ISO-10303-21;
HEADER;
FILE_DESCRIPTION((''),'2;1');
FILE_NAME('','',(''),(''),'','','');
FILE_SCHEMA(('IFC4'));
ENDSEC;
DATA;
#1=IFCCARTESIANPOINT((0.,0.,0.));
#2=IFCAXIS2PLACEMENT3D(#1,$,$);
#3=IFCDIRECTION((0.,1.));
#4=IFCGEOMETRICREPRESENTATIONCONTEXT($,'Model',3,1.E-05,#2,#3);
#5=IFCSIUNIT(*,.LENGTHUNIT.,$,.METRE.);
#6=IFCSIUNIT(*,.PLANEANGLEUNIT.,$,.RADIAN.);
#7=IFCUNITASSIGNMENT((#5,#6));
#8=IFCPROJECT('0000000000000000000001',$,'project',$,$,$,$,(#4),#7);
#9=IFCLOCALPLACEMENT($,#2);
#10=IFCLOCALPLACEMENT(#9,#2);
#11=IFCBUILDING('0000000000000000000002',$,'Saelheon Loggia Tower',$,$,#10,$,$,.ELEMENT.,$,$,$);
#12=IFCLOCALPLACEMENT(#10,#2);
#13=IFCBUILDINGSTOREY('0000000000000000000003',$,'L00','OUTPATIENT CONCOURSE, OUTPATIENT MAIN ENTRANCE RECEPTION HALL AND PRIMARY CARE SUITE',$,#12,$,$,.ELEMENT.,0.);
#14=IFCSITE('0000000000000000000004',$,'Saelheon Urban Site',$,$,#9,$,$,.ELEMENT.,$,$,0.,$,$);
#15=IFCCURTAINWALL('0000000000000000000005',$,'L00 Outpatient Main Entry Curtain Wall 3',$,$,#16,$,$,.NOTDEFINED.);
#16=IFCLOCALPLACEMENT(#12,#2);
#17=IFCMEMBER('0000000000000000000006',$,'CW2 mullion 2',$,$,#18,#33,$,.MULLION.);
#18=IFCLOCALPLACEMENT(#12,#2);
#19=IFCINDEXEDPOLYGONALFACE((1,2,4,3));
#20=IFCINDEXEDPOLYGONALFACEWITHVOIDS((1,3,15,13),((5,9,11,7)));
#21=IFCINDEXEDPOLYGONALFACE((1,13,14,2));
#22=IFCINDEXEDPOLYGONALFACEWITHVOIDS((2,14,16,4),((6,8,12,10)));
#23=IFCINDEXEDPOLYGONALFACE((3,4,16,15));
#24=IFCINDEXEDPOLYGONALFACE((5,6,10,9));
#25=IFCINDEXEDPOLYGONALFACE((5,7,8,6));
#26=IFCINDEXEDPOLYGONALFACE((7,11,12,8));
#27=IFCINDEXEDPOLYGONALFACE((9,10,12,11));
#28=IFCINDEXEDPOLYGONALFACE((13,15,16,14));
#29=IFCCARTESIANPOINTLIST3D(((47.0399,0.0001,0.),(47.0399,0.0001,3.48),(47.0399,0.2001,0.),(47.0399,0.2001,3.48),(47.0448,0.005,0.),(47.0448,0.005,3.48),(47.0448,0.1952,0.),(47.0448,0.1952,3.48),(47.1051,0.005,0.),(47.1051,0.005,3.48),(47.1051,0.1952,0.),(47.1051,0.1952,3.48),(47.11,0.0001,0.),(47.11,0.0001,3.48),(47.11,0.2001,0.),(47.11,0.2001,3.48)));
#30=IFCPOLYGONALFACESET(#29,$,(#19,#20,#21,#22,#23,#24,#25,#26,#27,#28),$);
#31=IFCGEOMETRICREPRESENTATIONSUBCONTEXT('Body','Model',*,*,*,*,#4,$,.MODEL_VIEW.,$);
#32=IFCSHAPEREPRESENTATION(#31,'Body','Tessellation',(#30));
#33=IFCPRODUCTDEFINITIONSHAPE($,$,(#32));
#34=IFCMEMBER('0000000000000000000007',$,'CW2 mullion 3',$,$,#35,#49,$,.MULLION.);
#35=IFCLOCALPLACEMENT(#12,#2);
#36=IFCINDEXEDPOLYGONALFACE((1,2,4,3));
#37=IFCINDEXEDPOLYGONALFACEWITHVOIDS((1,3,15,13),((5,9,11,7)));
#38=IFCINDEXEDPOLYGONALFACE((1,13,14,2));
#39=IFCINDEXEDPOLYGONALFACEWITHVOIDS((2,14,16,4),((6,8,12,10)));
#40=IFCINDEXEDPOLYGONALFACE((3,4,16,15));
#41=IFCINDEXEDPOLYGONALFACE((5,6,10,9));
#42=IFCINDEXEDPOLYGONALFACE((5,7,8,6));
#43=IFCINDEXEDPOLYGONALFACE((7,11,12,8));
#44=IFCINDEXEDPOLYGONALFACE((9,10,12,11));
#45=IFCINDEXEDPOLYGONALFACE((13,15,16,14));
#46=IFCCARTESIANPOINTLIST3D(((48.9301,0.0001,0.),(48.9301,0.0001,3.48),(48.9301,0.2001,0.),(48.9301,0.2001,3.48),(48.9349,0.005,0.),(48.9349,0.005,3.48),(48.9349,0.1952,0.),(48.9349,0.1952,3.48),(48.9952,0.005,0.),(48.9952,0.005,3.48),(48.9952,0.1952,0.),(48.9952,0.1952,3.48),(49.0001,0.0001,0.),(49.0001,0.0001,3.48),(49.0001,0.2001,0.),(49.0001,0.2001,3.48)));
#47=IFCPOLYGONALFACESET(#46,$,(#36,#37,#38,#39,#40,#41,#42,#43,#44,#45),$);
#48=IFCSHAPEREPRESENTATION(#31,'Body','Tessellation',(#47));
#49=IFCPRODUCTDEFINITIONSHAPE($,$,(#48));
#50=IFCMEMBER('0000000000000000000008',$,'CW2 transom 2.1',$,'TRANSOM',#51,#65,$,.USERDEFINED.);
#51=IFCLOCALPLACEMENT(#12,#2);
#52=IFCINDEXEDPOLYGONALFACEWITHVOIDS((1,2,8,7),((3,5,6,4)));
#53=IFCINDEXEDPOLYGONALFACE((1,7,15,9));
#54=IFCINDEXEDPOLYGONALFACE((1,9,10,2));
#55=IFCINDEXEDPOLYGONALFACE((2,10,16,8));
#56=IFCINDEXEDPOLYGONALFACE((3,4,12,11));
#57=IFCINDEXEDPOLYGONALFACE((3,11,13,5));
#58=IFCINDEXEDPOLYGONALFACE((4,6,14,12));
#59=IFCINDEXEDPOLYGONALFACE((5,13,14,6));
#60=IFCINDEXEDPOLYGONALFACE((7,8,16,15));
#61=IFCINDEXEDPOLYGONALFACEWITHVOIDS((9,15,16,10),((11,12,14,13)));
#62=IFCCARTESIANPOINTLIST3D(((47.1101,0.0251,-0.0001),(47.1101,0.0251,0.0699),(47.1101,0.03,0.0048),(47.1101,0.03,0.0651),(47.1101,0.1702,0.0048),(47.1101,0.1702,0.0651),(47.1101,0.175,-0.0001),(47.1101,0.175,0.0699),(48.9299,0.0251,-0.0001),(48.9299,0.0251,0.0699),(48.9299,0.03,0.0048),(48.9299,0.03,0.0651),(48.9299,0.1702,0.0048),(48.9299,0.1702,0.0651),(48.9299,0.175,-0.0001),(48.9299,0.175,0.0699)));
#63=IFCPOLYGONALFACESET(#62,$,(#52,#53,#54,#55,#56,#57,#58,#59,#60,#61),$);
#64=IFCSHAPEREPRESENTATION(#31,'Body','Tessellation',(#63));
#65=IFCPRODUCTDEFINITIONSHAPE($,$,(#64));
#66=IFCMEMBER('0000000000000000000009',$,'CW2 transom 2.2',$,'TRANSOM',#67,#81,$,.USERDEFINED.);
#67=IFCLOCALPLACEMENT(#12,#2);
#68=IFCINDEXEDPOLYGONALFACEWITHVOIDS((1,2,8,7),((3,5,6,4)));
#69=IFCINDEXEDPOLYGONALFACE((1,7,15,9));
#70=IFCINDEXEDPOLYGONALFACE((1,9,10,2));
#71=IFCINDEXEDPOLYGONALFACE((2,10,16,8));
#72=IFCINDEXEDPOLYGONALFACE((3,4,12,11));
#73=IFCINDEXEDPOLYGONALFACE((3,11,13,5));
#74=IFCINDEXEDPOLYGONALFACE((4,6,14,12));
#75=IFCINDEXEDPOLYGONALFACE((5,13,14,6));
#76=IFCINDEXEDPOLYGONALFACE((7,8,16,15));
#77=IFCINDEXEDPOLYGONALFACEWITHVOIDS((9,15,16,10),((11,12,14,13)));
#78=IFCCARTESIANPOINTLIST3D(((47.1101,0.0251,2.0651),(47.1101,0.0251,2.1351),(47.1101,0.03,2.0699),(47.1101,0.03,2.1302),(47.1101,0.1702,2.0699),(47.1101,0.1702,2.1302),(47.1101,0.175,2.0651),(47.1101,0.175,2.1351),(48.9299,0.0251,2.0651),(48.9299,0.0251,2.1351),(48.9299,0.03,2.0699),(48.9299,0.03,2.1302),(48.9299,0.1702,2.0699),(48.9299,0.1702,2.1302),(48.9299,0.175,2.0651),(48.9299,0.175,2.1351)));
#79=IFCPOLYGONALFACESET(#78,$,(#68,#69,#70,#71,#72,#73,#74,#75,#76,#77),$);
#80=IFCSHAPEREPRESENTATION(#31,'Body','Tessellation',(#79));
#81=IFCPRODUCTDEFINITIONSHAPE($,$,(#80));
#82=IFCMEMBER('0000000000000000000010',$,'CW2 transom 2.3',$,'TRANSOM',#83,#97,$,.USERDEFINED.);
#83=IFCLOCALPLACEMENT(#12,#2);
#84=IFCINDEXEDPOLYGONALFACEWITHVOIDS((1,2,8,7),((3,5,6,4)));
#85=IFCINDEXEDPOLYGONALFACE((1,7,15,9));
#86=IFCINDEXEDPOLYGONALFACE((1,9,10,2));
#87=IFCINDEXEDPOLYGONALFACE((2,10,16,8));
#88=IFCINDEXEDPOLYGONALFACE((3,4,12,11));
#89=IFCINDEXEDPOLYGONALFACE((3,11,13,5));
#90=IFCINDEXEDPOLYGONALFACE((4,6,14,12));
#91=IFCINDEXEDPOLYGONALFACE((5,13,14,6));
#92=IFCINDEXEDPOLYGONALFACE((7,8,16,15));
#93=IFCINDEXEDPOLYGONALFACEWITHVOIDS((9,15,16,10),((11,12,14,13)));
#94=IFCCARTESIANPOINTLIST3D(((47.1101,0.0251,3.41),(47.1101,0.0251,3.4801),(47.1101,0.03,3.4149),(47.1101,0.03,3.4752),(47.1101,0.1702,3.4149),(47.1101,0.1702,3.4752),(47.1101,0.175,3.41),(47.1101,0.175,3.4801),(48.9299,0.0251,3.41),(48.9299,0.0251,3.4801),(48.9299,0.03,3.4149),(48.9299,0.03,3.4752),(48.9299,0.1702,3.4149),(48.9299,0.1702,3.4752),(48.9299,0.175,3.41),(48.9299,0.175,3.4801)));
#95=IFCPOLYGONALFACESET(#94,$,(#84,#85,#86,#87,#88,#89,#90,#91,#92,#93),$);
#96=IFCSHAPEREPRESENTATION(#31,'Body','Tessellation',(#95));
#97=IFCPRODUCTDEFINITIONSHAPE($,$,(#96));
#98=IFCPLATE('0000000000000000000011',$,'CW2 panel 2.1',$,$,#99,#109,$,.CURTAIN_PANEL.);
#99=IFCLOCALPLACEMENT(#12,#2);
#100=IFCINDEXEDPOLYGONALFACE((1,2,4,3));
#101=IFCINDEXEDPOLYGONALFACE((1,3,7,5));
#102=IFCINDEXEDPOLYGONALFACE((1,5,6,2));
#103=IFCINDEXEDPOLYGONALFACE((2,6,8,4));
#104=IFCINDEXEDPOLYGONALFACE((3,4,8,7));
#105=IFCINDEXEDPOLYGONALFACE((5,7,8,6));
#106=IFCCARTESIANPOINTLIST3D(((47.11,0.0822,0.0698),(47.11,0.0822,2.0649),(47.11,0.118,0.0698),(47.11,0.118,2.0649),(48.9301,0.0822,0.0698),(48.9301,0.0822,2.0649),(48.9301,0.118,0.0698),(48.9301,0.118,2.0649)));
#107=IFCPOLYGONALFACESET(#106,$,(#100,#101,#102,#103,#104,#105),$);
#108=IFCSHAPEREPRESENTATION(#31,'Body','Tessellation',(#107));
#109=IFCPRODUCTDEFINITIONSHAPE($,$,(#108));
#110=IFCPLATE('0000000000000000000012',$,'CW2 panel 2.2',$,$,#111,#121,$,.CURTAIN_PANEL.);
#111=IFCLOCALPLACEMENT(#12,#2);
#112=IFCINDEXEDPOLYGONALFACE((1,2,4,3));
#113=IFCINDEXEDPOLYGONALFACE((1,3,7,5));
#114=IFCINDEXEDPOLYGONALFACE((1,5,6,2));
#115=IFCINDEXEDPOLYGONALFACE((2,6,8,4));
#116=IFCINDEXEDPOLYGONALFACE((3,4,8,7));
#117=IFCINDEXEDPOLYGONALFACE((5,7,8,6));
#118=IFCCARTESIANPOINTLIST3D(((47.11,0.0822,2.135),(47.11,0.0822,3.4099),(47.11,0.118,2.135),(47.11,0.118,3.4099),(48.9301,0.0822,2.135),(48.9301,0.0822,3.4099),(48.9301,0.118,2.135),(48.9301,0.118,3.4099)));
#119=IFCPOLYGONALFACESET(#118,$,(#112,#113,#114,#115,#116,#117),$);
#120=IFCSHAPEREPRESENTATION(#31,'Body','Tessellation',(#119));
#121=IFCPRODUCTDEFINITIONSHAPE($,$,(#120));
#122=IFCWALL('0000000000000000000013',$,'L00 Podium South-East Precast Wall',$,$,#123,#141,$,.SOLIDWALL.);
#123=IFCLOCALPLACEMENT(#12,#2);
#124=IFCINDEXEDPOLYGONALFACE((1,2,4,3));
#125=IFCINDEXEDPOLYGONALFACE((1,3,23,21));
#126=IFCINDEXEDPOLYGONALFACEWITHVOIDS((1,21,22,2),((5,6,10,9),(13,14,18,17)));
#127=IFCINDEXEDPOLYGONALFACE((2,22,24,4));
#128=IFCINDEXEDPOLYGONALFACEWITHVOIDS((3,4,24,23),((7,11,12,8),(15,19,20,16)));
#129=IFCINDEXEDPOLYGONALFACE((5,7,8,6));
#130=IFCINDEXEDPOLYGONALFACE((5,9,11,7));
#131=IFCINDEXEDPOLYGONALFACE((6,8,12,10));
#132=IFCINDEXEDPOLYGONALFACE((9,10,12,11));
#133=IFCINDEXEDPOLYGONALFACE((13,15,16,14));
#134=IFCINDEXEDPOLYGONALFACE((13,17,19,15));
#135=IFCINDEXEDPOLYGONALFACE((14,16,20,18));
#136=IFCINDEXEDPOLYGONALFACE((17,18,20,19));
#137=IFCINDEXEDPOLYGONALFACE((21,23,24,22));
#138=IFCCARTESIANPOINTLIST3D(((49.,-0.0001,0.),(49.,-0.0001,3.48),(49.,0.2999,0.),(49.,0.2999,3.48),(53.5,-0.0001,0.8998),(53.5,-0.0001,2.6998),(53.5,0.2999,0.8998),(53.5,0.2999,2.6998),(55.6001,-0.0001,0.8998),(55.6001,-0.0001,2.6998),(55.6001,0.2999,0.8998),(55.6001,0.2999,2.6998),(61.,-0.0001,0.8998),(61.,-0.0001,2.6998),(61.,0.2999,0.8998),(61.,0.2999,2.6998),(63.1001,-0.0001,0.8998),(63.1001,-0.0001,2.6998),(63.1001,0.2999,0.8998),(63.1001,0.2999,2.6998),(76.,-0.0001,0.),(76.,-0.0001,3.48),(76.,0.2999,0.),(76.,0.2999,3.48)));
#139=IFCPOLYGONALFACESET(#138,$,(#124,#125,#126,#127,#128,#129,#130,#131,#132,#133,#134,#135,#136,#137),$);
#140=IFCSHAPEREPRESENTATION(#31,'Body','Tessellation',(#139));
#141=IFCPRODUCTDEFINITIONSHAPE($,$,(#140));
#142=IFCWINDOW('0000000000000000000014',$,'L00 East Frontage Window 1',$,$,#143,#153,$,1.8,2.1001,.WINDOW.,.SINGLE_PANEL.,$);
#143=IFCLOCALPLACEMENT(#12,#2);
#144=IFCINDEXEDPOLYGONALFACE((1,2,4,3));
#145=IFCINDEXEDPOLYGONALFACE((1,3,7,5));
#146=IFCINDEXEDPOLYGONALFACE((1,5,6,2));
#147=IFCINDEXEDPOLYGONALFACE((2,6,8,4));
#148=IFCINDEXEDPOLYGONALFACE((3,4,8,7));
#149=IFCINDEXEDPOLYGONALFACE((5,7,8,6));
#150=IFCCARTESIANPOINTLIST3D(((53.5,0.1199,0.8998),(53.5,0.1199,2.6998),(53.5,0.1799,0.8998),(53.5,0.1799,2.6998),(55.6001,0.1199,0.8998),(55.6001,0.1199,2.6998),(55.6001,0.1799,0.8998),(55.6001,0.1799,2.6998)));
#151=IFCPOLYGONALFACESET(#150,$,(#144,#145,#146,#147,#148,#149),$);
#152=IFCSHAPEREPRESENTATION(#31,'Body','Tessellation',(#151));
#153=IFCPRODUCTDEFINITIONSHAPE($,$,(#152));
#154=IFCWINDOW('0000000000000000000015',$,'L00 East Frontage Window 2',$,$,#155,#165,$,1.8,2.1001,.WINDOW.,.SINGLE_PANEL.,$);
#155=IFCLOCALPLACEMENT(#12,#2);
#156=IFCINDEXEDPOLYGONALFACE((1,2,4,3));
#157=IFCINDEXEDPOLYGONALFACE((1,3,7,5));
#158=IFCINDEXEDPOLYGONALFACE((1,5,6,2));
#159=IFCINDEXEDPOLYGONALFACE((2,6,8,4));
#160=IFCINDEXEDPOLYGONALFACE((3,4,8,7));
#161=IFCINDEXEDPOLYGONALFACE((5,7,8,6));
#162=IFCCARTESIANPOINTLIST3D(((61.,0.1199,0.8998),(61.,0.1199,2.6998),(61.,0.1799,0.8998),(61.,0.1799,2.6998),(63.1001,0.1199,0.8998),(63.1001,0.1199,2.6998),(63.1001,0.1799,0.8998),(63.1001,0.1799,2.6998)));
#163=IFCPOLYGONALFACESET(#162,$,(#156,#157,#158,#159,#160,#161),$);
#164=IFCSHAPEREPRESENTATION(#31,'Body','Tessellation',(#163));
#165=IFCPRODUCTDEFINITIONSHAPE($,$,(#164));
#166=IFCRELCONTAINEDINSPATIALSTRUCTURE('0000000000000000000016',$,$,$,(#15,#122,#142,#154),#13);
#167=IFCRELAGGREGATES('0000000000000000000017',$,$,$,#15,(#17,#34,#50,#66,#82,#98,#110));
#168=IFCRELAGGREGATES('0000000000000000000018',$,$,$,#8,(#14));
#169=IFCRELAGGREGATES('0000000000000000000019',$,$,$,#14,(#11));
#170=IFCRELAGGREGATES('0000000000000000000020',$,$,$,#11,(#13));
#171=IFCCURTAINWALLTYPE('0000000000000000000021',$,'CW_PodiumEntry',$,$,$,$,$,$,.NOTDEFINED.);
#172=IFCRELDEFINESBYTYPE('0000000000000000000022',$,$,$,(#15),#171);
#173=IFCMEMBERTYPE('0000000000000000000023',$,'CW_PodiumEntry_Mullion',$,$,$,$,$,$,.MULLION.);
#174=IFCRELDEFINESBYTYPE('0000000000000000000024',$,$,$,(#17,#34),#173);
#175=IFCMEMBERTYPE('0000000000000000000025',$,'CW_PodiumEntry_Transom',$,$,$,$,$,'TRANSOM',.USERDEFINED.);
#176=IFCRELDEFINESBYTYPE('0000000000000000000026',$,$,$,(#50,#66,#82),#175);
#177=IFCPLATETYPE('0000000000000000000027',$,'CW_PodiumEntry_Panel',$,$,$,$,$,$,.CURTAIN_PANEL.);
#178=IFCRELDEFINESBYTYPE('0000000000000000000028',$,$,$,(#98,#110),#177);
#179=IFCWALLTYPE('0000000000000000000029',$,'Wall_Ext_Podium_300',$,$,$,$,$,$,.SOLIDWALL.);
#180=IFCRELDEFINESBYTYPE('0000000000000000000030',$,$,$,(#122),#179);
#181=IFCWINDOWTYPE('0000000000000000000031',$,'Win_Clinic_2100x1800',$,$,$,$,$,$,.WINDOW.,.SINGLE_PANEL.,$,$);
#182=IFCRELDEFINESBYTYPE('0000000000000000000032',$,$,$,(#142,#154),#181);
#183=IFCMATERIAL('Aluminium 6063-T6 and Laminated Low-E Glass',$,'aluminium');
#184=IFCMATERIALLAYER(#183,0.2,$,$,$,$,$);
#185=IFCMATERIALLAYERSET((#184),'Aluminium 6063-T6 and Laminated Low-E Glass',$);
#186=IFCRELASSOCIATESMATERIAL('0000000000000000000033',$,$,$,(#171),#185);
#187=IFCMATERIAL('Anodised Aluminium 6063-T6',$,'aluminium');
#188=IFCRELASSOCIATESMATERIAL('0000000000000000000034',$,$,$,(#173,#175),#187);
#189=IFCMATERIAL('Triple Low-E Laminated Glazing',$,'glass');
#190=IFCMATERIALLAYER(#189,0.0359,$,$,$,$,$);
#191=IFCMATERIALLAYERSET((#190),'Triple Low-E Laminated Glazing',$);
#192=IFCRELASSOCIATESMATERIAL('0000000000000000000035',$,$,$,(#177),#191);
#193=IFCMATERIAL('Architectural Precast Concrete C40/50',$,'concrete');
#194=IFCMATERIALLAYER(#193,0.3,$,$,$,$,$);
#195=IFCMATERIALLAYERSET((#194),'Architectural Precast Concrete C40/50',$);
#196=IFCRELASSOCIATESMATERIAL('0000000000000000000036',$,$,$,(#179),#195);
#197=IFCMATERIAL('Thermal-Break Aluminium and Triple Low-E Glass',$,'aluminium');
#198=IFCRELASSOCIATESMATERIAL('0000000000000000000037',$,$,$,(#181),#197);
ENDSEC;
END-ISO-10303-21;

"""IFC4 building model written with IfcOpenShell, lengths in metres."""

from ifc_helpers import new_model, si_unit, direction, frame, frame_2d, origin, origin_2d, place, context, subcontext, project, spatial, rectangle, hollow_rectangle, extrude, source, transform, mapped, material, layer, layer_set, material_profile, profile_set, type_object, element, fill, aggregate, save


model = new_model("IFC4")

# Units and contexts
model_context = context("Model", 3, precision=1e-05, world=origin(), true_north=direction((0.0, 1.0)))
body_context = subcontext(model_context, "Body", "Model", "MODEL_VIEW")
ifc_project = project(units=[si_unit("LENGTHUNIT", "METRE"), si_unit("PLANEANGLEUNIT", "RADIAN")], contexts=[model_context])

# Site, building, storey
site_placement = place(None, origin())
site = spatial("IfcSite", under=ifc_project, at=site_placement, Name="Saelheon Urban Site", CompositionType="ELEMENT", RefElevation=0.0)
building_placement = place(site_placement, origin())
building = spatial("IfcBuilding", under=site, at=building_placement, Name="Saelheon Loggia Tower", CompositionType="ELEMENT")
storey_placement = place(building_placement, origin())
storey = spatial("IfcBuildingStorey", under=building, at=storey_placement, Name="L00", Description="OUTPATIENT CONCOURSE, OUTPATIENT MAIN ENTRANCE RECEPTION HALL AND PRIMARY CARE SUITE", CompositionType="ELEMENT", Elevation=0.0)

# Curtain wall, members, plates
ifc_material_1 = material(Name="Aluminium 6063-T6 and Laminated Low-E Glass", Category="aluminium")
ifc_layer_1 = layer(ifc_material_1, 0.2)
ifc_layer_set_1 = layer_set([ifc_layer_1], Name="Aluminium 6063-T6 and Laminated Low-E Glass")
curtain_wall_type = type_object("IfcCurtainWallType", Name="CW_PodiumEntry", PredefinedType="NOTDEFINED", material=ifc_layer_set_1)
curtain_wall_placement = place(storey_placement, origin())
curtain_wall = element("IfcCurtainWall", 1, at=curtain_wall_placement, inside=storey, type_object=curtain_wall_type, Name="L00 Outpatient Main Entry Curtain Wall 3", PredefinedType="NOTDEFINED")
ifc_material_2 = material(Name="Anodised Aluminium 6063-T6", Category="aluminium")
ifc_material_profile_1 = material_profile(ifc_material_2, hollow_rectangle(XDim=0.0701, YDim=0.2, WallThickness=0.0049, at=origin_2d()), Name="RHS-200x70x5")
ifc_profile_set_1 = profile_set([ifc_material_profile_1], Name="Anodised Aluminium 6063-T6")
member_type_1 = type_object("IfcMemberType", Name="CW_PodiumEntry_Mullion", PredefinedType="MULLION", material=ifc_profile_set_1)
shared_shape_1 = source(origin(), body_context, "Body", "SweptSolid", [
    extrude(hollow_rectangle(XDim=0.0701, YDim=0.2, WallThickness=0.0049, at=origin_2d()), origin(), (0.0, 0.0, 1.0), 3.48),
])
member_1_placement = place(storey_placement, frame((47.075, 0.1001, 0.0), z_axis=(0.0, 0.0, 1.0), x_axis=(1.0, 0.0, 0.0)))
member_1 = element("IfcMember", 2, at=member_1_placement, type_object=member_type_1, Name="CW2 mullion 2", PredefinedType="MULLION", context=body_context, shape_type="MappedRepresentation", body=[
    mapped(shared_shape_1, transform((0.0, 0.0, 0.0), scale=1.0)),
])
member_2_placement = place(storey_placement, frame((48.9651, 0.1001, 0.0), z_axis=(0.0, 0.0, 1.0), x_axis=(1.0, 0.0, 0.0)))
member_2 = element("IfcMember", 3, at=member_2_placement, type_object=member_type_1, Name="CW2 mullion 3", PredefinedType="MULLION", context=body_context, shape_type="MappedRepresentation", body=[
    mapped(shared_shape_1, transform((0.0, 0.0, 0.0), scale=1.0)),
])
ifc_material_profile_2 = material_profile(ifc_material_2, hollow_rectangle(XDim=0.0701, YDim=0.1499, WallThickness=0.0049, at=origin_2d()), Name="RHS-150x70x5")
ifc_profile_set_2 = profile_set([ifc_material_profile_2], Name="Anodised Aluminium 6063-T6")
member_type_2 = type_object("IfcMemberType", Name="CW_PodiumEntry_Transom", ElementType="TRANSOM", PredefinedType="USERDEFINED", material=ifc_profile_set_2)
shared_shape_2 = source(origin(), body_context, "Body", "SweptSolid", [
    extrude(hollow_rectangle(XDim=0.0701, YDim=0.1499, WallThickness=0.0049, at=origin_2d()), origin(), (0.0, 0.0, 1.0), 1.8198),
])
member_3_placement = place(storey_placement, frame((47.1101, 0.1001, 0.0349), z_axis=(1.0, 0.0, 0.0), x_axis=(0.0, 0.0, 1.0)))
member_3 = element("IfcMember", 4, at=member_3_placement, type_object=member_type_2, Name="CW2 transom 2.1", ObjectType="TRANSOM", PredefinedType="USERDEFINED", context=body_context, shape_type="MappedRepresentation", body=[
    mapped(shared_shape_2, transform((0.0, 0.0, 0.0), scale=1.0)),
])
member_4_placement = place(storey_placement, frame((47.1101, 0.1001, 2.1001), z_axis=(1.0, 0.0, 0.0), x_axis=(0.0, 0.0, 1.0)))
member_4 = element("IfcMember", 5, at=member_4_placement, type_object=member_type_2, Name="CW2 transom 2.2", ObjectType="TRANSOM", PredefinedType="USERDEFINED", context=body_context, shape_type="MappedRepresentation", body=[
    mapped(shared_shape_2, transform((0.0, 0.0, 0.0), scale=1.0)),
])
member_5_placement = place(storey_placement, frame((47.1101, 0.1001, 3.4451), z_axis=(1.0, 0.0, 0.0), x_axis=(0.0, 0.0, 1.0)))
member_5 = element("IfcMember", 6, at=member_5_placement, type_object=member_type_2, Name="CW2 transom 2.3", ObjectType="TRANSOM", PredefinedType="USERDEFINED", context=body_context, shape_type="MappedRepresentation", body=[
    mapped(shared_shape_2, transform((0.0, 0.0, 0.0), scale=1.0)),
])
ifc_material_3 = material(Name="Triple Low-E Laminated Glazing", Category="glass")
ifc_layer_2 = layer(ifc_material_3, 0.0359)
ifc_layer_set_2 = layer_set([ifc_layer_2], Name="Triple Low-E Laminated Glazing")
plate_type = type_object("IfcPlateType", Name="CW_PodiumEntry_Panel", PredefinedType="CURTAIN_PANEL", material=ifc_layer_set_2)
shared_shape_3 = source(origin(), body_context, "Body", "SweptSolid", [
    extrude(rectangle(XDim=1.8201, YDim=0.0359, at=origin_2d()), origin(), (0.0, 0.0, 1.0), 1.9951),
])
plate_1_placement = place(storey_placement, frame((48.02, 0.1001, 0.0698), z_axis=(0.0, 0.0, 1.0), x_axis=(1.0, 0.0, 0.0)))
plate_1 = element("IfcPlate", 7, at=plate_1_placement, type_object=plate_type, Name="CW2 panel 2.1", PredefinedType="CURTAIN_PANEL", context=body_context, shape_type="MappedRepresentation", body=[
    mapped(shared_shape_3, transform((0.0, 0.0, 0.0), scale=1.0)),
])
shared_shape_4 = source(origin(), body_context, "Body", "SweptSolid", [
    extrude(rectangle(XDim=1.8201, YDim=0.0359, at=origin_2d()), origin(), (0.0, 0.0, 1.0), 1.2749),
])
plate_2_placement = place(storey_placement, frame((48.02, 0.1001, 2.135), z_axis=(0.0, 0.0, 1.0), x_axis=(1.0, 0.0, 0.0)))
plate_2 = element("IfcPlate", 8, at=plate_2_placement, type_object=plate_type, Name="CW2 panel 2.2", PredefinedType="CURTAIN_PANEL", context=body_context, shape_type="MappedRepresentation", body=[
    mapped(shared_shape_4, transform((0.0, 0.0, 0.0), scale=1.0)),
])
aggregate(curtain_wall, [member_1, member_2, member_3, member_4, member_5, plate_1, plate_2])

# Wall, openings, windows
ifc_material_4 = material(Name="Architectural Precast Concrete C40/50", Category="concrete")
ifc_layer_3 = layer(ifc_material_4, 0.3)
ifc_layer_set_3 = layer_set([ifc_layer_3], Name="Architectural Precast Concrete C40/50")
wall_type_1 = type_object("IfcWallType", Name="Wall_Ext_Podium_300", PredefinedType="SOLIDWALL", material=ifc_layer_set_3)
wall_1_placement = place(storey_placement, frame((49.0, 0.1499, 0.0), z_axis=(0.0, 0.0, 1.0), x_axis=(1.0, 0.0, 0.0)))
wall_1 = element("IfcWall", 9, at=wall_1_placement, inside=storey, type_object=wall_type_1, Name="L00 Podium South-East Precast Wall", PredefinedType="SOLIDWALL", context=body_context, shape_type="SweptSolid", body=[
    extrude(rectangle(XDim=27.0, YDim=0.3, at=frame_2d((13.5, 0.0))), origin(), (0.0, 0.0, 1.0), 3.48),
])
opening_1_placement = place(wall_1_placement, frame((4.5, 0.0, 0.8999)))
opening_1 = element("IfcOpeningElement", 10, at=opening_1_placement, cuts=wall_1, PredefinedType="OPENING", context=body_context, shape_type="SweptSolid", body=[
    extrude(rectangle(XDim=2.1001, YDim=1.8, at=frame_2d((1.05, 0.8999))), frame((0.0, 0.1621, 0.0), z_axis=(0.0, -1.0, 0.0), x_axis=(1.0, 0.0, 0.0)), (0.0, 0.0, 1.0), 0.324),
])
opening_2_placement = place(wall_1_placement, frame((12.0, 0.0, 0.8999)))
opening_2 = element("IfcOpeningElement", 11, at=opening_2_placement, cuts=wall_1, PredefinedType="OPENING", context=body_context, shape_type="SweptSolid", body=[
    extrude(rectangle(XDim=2.1001, YDim=1.8, at=frame_2d((1.05, 0.8999))), frame((0.0, 0.1621, 0.0), z_axis=(0.0, -1.0, 0.0), x_axis=(1.0, 0.0, 0.0)), (0.0, 0.0, 1.0), 0.324),
])
ifc_material_5 = material(Name="Thermal-Break Aluminium and Triple Low-E Glass", Category="aluminium")
window_type = type_object("IfcWindowType", Name="Win_Clinic_2100x1800", PartitioningType="SINGLE_PANEL", PredefinedType="WINDOW", material=ifc_material_5)
shared_shape_5 = source(origin(), body_context, "Body", "SweptSolid", [
    extrude(rectangle(XDim=2.1001, YDim=1.8, at=frame_2d((1.05, 0.8999))), frame((0.0, 0.03, 0.0), z_axis=(0.0, -1.0, 0.0), x_axis=(1.0, 0.0, 0.0)), (0.0, 0.0, 1.0), 0.0601),
])
window_1_placement = place(opening_1_placement, origin())
window_1 = element("IfcWindow", 12, at=window_1_placement, inside=storey, type_object=window_type, Name="L00 East Frontage Window 1", OverallHeight=1.8, OverallWidth=2.1001, PartitioningType="SINGLE_PANEL", PredefinedType="WINDOW", context=body_context, shape_type="MappedRepresentation", body=[
    mapped(shared_shape_5, transform((0.0, 0.0, 0.0), scale=1.0)),
])
fill(opening_1, window_1)
window_2_placement = place(opening_2_placement, origin())
window_2 = element("IfcWindow", 13, at=window_2_placement, inside=storey, type_object=window_type, Name="L00 East Frontage Window 2", OverallHeight=1.8, OverallWidth=2.1001, PartitioningType="SINGLE_PANEL", PredefinedType="WINDOW", context=body_context, shape_type="MappedRepresentation", body=[
    mapped(shared_shape_5, transform((0.0, 0.0, 0.0), scale=1.0)),
])
fill(opening_2, window_2)

save(model, "model.ifc")
